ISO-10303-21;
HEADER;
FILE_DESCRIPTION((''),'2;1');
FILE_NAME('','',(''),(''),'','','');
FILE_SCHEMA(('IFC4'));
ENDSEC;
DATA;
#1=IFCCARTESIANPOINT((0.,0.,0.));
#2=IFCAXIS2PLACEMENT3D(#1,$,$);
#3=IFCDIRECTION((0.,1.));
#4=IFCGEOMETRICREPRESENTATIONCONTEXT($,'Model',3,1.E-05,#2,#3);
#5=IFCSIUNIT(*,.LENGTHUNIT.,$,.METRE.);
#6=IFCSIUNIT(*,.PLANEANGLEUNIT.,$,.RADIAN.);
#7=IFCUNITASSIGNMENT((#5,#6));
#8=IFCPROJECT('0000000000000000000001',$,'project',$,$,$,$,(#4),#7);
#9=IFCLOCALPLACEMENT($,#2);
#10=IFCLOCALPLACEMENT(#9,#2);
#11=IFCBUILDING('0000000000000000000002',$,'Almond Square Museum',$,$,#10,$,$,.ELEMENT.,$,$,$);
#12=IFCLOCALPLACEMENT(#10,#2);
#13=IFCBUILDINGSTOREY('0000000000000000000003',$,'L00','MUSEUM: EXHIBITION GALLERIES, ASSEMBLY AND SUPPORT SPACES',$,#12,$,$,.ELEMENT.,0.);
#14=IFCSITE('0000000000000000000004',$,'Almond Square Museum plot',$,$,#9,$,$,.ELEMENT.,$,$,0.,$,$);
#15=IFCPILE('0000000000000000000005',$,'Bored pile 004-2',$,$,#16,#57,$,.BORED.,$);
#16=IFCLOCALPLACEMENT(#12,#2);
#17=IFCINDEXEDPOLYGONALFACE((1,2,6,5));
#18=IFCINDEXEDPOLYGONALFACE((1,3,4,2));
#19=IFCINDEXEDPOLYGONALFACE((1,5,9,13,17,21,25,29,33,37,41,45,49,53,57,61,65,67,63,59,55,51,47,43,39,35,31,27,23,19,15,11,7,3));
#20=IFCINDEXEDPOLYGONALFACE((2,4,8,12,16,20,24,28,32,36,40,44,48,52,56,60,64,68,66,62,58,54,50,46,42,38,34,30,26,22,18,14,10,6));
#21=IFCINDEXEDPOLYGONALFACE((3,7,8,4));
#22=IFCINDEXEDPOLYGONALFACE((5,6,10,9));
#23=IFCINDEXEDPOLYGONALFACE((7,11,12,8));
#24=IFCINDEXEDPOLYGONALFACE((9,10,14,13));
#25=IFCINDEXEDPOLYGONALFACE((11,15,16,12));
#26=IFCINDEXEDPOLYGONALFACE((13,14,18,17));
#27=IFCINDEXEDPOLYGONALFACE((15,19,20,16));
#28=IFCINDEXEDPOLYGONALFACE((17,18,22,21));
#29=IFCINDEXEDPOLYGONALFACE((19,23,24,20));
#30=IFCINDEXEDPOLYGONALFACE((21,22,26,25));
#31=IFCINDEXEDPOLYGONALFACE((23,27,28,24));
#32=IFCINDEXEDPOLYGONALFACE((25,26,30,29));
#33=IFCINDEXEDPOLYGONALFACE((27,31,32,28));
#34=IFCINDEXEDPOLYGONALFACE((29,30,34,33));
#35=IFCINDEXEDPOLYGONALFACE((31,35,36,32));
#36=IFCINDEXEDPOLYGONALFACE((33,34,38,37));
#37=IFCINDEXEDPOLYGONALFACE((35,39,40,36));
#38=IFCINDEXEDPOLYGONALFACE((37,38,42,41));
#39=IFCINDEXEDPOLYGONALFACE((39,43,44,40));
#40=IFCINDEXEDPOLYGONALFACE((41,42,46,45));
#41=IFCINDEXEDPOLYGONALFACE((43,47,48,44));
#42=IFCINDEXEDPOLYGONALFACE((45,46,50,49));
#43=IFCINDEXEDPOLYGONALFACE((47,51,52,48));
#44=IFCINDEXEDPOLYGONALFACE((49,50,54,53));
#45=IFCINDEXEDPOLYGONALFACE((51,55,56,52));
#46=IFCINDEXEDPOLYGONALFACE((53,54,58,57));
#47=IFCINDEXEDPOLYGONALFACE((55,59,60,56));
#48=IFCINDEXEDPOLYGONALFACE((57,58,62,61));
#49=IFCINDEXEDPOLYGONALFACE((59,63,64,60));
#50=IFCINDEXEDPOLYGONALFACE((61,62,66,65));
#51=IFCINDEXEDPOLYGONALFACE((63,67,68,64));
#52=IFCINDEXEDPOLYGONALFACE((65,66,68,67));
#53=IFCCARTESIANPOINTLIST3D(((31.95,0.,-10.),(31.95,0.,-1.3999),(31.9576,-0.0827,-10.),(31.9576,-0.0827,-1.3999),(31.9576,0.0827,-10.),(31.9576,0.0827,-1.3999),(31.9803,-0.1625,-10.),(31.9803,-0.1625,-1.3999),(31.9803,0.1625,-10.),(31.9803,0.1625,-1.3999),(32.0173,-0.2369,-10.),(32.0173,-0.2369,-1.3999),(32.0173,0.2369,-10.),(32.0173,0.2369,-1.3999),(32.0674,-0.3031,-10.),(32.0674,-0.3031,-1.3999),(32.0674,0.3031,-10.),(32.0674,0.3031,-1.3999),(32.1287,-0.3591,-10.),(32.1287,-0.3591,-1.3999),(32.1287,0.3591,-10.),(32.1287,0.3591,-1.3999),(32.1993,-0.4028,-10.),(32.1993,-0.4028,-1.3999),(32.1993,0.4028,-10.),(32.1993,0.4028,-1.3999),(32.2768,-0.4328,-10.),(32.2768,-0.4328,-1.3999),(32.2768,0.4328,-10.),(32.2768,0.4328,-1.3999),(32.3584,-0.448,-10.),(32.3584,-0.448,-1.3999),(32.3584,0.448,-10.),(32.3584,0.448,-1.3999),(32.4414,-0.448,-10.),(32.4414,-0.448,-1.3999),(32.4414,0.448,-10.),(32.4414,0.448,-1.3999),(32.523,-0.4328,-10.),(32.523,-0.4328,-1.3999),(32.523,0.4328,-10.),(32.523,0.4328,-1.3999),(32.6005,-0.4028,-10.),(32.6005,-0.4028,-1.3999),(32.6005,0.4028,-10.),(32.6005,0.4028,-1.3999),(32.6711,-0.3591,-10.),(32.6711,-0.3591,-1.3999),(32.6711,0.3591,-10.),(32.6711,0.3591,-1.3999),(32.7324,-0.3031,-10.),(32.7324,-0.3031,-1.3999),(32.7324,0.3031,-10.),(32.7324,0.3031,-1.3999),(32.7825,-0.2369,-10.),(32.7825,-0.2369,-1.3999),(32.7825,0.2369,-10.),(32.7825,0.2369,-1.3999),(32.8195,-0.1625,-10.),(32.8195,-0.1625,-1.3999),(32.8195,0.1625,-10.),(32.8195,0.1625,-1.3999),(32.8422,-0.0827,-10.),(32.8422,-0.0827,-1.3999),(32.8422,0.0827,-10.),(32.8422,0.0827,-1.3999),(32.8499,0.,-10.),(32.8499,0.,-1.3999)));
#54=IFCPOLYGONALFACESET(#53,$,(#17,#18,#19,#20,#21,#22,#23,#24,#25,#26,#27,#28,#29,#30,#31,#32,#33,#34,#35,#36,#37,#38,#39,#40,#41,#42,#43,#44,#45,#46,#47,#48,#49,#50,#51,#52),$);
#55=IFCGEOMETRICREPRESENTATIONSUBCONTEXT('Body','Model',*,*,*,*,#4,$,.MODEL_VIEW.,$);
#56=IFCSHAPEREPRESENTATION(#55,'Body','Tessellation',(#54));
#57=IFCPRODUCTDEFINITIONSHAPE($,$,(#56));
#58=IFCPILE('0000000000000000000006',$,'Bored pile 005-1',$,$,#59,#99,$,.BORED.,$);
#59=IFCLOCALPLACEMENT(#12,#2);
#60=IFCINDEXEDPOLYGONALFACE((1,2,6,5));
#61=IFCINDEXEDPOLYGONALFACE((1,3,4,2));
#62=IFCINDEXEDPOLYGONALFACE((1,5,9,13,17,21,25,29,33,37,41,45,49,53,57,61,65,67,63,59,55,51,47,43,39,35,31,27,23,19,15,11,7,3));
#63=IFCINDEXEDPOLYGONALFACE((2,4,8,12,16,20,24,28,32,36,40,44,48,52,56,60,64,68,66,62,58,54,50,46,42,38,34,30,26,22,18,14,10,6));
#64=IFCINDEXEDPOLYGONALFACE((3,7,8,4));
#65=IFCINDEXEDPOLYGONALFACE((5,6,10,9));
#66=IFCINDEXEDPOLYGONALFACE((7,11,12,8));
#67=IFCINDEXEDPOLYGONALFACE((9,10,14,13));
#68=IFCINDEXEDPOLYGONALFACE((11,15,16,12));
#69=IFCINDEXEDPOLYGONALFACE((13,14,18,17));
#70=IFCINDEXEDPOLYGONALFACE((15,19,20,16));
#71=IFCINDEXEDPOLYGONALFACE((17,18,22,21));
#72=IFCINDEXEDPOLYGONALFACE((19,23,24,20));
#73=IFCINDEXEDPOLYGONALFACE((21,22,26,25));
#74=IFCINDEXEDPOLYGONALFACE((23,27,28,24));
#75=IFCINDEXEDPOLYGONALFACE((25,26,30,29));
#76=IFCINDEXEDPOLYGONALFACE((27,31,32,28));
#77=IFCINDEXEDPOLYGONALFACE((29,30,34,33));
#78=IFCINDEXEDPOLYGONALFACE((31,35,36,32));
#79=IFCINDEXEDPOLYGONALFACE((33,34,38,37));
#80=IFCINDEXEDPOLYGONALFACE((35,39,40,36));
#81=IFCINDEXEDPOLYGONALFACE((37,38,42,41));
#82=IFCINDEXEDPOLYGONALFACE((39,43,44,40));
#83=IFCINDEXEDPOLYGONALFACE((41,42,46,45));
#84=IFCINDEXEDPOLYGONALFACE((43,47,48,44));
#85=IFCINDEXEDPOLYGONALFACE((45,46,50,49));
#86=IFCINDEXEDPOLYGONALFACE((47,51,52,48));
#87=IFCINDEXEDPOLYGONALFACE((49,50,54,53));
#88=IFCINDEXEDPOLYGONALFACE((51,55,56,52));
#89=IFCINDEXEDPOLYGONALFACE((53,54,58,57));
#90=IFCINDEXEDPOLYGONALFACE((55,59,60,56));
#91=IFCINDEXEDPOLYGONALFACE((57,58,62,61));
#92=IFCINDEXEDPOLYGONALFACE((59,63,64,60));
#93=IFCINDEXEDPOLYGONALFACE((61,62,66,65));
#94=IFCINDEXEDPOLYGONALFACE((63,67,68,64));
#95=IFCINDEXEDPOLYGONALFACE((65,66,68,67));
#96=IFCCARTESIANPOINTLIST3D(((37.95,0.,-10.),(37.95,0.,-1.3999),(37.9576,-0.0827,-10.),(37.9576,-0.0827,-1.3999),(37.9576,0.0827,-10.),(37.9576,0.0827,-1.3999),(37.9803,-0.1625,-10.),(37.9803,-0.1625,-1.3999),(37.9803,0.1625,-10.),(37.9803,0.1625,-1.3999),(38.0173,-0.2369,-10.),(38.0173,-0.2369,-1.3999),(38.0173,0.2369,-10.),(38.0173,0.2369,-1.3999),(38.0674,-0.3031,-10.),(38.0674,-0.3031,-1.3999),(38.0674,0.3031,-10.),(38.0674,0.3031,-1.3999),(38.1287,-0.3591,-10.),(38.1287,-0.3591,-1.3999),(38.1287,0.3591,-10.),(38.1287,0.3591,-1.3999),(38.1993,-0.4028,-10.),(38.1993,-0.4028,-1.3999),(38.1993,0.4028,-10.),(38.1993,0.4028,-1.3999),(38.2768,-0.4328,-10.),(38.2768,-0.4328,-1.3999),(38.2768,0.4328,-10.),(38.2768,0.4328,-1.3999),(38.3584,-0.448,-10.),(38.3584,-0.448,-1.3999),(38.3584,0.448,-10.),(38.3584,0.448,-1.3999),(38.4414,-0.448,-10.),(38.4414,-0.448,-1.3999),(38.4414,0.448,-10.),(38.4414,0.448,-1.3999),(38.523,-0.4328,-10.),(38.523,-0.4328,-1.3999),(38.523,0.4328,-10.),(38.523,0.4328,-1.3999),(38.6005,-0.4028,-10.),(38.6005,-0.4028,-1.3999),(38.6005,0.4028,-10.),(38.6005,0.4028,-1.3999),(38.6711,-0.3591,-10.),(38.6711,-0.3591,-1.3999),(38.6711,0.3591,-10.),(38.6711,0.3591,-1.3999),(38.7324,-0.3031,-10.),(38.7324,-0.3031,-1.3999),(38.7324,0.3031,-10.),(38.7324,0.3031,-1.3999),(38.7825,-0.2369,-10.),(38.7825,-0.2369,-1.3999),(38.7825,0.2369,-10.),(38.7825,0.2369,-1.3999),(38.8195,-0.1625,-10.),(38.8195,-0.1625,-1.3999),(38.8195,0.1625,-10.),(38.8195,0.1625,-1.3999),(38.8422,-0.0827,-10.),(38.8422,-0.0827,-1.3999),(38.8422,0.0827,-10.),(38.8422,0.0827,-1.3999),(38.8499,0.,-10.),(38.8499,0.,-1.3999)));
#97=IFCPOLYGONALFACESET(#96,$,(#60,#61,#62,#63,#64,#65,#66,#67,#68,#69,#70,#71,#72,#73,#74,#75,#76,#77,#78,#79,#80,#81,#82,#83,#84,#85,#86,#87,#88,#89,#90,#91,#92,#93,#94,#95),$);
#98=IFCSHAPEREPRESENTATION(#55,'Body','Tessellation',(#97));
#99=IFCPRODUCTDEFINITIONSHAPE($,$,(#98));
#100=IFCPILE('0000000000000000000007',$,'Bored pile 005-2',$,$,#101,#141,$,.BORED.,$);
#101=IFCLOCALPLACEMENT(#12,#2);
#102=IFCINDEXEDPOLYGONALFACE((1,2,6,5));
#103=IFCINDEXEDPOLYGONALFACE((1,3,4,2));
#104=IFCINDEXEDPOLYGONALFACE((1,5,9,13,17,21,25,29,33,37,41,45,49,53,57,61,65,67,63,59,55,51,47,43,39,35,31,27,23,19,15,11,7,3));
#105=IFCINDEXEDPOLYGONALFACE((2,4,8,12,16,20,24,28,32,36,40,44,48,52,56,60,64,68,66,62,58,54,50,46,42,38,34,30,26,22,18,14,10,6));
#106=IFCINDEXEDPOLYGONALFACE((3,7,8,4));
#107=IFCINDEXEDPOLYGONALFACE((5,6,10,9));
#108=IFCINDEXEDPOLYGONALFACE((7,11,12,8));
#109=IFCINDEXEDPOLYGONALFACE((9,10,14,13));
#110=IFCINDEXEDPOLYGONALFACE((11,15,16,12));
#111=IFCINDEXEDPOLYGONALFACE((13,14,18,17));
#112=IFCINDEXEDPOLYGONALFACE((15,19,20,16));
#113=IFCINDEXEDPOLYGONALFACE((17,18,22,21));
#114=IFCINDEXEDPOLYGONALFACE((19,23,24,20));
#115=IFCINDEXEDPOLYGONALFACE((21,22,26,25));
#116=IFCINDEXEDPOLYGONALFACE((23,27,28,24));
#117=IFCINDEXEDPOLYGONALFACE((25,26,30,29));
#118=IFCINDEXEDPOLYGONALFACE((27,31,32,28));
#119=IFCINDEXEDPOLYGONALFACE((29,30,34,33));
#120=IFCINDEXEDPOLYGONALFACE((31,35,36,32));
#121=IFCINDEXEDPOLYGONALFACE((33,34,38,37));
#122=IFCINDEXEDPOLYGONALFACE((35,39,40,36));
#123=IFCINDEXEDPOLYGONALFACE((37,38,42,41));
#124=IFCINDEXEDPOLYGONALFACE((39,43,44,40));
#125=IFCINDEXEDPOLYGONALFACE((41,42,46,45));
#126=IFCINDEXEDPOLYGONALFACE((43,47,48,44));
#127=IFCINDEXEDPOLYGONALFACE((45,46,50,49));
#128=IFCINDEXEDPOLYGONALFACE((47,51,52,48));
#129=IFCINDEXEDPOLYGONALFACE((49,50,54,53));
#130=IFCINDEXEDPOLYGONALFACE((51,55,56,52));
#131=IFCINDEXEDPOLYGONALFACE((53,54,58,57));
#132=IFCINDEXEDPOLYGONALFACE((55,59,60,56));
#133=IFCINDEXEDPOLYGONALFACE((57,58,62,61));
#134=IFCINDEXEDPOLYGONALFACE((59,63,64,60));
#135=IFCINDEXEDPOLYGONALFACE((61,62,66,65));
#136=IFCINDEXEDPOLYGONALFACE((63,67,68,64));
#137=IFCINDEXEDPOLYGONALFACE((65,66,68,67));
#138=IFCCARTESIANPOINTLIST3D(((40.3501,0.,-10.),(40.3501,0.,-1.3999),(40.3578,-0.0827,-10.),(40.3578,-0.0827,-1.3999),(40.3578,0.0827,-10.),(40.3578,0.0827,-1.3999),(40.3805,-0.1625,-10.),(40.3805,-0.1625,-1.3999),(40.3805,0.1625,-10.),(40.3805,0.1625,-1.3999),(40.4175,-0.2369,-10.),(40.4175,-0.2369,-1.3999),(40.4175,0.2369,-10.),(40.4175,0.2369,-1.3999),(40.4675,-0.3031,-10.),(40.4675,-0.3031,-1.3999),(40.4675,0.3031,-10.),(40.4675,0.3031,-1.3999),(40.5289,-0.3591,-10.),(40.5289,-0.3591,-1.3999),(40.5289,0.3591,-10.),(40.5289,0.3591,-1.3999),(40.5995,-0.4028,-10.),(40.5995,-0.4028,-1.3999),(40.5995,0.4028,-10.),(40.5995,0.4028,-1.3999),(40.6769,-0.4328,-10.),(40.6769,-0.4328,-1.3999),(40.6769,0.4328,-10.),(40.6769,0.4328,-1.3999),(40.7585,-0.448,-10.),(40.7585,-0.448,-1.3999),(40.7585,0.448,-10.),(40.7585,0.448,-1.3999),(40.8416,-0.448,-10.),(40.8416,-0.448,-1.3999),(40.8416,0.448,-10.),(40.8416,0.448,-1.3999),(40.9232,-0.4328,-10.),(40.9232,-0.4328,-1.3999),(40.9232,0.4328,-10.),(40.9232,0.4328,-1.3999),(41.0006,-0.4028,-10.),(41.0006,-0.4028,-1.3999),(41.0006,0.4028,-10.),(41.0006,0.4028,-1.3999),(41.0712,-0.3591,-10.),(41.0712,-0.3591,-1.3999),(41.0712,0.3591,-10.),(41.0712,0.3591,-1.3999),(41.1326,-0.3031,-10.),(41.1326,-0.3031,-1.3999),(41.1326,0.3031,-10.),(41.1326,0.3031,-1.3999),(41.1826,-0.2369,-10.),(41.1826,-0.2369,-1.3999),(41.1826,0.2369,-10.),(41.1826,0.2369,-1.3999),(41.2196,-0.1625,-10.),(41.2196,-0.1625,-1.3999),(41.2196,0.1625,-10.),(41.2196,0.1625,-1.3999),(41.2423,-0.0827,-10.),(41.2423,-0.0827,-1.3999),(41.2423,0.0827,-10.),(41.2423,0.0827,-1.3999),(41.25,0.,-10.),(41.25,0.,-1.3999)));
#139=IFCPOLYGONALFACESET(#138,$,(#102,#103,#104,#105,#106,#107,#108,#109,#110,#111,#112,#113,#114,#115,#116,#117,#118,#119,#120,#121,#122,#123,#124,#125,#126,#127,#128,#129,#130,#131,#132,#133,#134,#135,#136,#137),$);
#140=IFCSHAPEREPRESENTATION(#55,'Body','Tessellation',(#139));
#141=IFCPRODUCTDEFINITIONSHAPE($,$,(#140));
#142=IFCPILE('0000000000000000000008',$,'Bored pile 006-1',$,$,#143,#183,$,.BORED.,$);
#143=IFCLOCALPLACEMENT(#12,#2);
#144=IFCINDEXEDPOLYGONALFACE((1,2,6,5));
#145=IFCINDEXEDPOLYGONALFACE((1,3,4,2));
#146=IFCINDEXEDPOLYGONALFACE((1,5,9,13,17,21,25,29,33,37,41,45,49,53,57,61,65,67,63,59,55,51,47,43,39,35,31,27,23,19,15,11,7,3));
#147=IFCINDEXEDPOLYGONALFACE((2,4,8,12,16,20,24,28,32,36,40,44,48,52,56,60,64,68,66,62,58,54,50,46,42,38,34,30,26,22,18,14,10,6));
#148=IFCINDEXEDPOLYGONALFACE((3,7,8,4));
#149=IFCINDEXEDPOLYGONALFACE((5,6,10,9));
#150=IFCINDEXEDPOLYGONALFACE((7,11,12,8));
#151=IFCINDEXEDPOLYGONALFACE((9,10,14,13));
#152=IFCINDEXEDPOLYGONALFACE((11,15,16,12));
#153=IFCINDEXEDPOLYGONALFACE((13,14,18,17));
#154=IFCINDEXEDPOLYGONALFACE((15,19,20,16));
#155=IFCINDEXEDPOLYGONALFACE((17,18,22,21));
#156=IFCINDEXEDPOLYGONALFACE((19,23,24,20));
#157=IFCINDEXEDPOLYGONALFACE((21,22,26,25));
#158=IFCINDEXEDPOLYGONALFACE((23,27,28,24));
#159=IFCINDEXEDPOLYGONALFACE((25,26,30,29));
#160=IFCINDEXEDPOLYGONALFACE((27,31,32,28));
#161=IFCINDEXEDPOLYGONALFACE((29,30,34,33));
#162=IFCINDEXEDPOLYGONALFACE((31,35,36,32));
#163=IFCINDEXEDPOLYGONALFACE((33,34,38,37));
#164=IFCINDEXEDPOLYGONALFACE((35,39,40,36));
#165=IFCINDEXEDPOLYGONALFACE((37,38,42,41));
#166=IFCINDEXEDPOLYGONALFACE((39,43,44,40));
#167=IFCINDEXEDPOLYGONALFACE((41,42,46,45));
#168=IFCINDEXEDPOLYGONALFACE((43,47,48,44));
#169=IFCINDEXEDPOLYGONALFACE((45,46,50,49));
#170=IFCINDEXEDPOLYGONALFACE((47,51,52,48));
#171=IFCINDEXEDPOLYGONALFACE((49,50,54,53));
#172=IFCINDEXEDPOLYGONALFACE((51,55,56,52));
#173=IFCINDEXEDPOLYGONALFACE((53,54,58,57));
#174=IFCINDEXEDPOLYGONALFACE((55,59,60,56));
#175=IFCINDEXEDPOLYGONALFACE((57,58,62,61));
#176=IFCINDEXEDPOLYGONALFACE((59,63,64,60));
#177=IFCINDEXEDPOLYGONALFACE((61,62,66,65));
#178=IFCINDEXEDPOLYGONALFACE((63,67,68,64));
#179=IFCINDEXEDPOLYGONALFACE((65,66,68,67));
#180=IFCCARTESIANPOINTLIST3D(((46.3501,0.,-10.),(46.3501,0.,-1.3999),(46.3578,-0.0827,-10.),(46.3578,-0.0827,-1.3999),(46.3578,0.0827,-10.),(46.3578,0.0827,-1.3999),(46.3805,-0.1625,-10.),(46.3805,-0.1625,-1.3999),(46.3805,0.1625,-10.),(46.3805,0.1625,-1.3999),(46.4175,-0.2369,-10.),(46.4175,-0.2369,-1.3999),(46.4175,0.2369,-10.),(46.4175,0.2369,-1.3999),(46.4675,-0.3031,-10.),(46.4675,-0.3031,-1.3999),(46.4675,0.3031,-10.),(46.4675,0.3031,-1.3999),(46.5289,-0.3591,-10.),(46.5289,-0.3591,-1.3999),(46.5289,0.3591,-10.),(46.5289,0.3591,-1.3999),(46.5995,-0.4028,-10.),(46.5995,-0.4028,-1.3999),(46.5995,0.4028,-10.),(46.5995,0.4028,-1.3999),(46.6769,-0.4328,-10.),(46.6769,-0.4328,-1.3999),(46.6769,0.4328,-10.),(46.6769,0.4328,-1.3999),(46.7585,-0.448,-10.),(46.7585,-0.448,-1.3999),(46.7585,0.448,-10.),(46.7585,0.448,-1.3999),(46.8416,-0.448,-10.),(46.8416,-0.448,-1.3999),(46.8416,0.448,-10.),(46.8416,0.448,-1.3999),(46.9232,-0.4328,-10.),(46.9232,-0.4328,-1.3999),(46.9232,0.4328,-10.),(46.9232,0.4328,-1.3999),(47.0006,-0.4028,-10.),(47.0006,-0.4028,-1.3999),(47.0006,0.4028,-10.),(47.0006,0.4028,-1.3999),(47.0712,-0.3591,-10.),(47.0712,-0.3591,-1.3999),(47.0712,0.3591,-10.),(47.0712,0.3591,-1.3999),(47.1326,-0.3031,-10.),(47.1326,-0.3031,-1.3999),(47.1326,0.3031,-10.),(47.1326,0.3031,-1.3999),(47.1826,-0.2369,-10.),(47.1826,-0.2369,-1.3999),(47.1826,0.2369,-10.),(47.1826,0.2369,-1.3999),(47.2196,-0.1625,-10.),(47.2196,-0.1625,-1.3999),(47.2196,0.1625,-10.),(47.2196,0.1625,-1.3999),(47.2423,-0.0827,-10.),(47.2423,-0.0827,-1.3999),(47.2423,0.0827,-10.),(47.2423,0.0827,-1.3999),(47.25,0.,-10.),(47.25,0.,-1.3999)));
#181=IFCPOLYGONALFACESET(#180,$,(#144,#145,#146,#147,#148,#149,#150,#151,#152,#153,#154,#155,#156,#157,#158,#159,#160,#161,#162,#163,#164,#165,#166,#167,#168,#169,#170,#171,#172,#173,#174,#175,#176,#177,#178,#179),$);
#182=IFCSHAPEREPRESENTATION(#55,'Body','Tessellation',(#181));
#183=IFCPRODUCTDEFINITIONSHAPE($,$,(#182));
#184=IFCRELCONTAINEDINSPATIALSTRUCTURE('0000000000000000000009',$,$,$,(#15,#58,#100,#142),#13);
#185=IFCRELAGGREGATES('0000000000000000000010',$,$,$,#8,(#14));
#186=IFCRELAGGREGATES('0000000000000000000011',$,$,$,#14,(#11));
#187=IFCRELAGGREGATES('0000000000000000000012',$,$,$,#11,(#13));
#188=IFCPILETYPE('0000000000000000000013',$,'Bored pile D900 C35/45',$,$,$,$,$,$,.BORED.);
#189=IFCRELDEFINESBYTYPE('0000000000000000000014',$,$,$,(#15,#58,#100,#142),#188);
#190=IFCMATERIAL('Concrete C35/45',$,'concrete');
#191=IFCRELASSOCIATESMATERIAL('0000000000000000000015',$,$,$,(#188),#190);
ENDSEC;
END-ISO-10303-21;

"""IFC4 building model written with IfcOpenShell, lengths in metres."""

from ifc_helpers import new_model, si_unit, direction, frame, origin, origin_2d, place, context, subcontext, project, spatial, circle, extrude, material, material_profile, profile_set, type_object, element, save


model = new_model("IFC4")

# Units and contexts
model_context = context("Model", 3, precision=1e-05, world=origin(), true_north=direction((0.0, 1.0)))
body_context = subcontext(model_context, "Body", "Model", "MODEL_VIEW")
ifc_project = project(units=[si_unit("LENGTHUNIT", "METRE"), si_unit("PLANEANGLEUNIT", "RADIAN")], contexts=[model_context])

# Site, building, storey
site_placement = place(None, origin())
site = spatial("IfcSite", under=ifc_project, at=site_placement, Name="Almond Square Museum plot", CompositionType="ELEMENT", RefElevation=0.0)
building_placement = place(site_placement, origin())
building = spatial("IfcBuilding", under=site, at=building_placement, Name="Almond Square Museum", CompositionType="ELEMENT")
storey_placement = place(building_placement, origin())
storey = spatial("IfcBuildingStorey", under=building, at=storey_placement, Name="L00", Description="MUSEUM: EXHIBITION GALLERIES, ASSEMBLY AND SUPPORT SPACES", CompositionType="ELEMENT", Elevation=0.0)

# Piles
ifc_material_1 = material(Name="Concrete C35/45", Category="concrete")
ifc_material_profile_1 = material_profile(ifc_material_1, circle(Radius=0.45, at=origin_2d()))
ifc_profile_set_1 = profile_set([ifc_material_profile_1], Name="Concrete C35/45")
pile_type = type_object("IfcPileType", Name="Bored pile D900 C35/45", PredefinedType="BORED", material=ifc_profile_set_1)
for number, where, z_axis, x_axis, name in (
    (1, (32.3999, 0.0, -1.3999), (0.0, 0.0, -1.0), (1.0, 0.0, 0.0), "Bored pile 004-2"),
    (2, (38.3999, 0.0, -1.3999), (0.0, 0.0, -1.0), (1.0, 0.0, 0.0), "Bored pile 005-1"),
    (3, (40.8, 0.0, -1.3999), (0.0, 0.0, -1.0), (1.0, 0.0, 0.0), "Bored pile 005-2"),
    (4, (46.8, 0.0, -1.3999), (0.0, 0.0, -1.0), (1.0, 0.0, 0.0), "Bored pile 006-1"),
):
    element("IfcPile", number, at=place(storey_placement, frame(where, z_axis=z_axis, x_axis=x_axis)), inside=storey, type_object=pile_type, Name=name, PredefinedType="BORED", context=body_context, shape_type="SweptSolid", body=[
        extrude(circle(Radius=0.45, at=origin_2d()), origin(), (0.0, 0.0, 1.0), 8.6001),
    ])

save(model, "model.ifc")
